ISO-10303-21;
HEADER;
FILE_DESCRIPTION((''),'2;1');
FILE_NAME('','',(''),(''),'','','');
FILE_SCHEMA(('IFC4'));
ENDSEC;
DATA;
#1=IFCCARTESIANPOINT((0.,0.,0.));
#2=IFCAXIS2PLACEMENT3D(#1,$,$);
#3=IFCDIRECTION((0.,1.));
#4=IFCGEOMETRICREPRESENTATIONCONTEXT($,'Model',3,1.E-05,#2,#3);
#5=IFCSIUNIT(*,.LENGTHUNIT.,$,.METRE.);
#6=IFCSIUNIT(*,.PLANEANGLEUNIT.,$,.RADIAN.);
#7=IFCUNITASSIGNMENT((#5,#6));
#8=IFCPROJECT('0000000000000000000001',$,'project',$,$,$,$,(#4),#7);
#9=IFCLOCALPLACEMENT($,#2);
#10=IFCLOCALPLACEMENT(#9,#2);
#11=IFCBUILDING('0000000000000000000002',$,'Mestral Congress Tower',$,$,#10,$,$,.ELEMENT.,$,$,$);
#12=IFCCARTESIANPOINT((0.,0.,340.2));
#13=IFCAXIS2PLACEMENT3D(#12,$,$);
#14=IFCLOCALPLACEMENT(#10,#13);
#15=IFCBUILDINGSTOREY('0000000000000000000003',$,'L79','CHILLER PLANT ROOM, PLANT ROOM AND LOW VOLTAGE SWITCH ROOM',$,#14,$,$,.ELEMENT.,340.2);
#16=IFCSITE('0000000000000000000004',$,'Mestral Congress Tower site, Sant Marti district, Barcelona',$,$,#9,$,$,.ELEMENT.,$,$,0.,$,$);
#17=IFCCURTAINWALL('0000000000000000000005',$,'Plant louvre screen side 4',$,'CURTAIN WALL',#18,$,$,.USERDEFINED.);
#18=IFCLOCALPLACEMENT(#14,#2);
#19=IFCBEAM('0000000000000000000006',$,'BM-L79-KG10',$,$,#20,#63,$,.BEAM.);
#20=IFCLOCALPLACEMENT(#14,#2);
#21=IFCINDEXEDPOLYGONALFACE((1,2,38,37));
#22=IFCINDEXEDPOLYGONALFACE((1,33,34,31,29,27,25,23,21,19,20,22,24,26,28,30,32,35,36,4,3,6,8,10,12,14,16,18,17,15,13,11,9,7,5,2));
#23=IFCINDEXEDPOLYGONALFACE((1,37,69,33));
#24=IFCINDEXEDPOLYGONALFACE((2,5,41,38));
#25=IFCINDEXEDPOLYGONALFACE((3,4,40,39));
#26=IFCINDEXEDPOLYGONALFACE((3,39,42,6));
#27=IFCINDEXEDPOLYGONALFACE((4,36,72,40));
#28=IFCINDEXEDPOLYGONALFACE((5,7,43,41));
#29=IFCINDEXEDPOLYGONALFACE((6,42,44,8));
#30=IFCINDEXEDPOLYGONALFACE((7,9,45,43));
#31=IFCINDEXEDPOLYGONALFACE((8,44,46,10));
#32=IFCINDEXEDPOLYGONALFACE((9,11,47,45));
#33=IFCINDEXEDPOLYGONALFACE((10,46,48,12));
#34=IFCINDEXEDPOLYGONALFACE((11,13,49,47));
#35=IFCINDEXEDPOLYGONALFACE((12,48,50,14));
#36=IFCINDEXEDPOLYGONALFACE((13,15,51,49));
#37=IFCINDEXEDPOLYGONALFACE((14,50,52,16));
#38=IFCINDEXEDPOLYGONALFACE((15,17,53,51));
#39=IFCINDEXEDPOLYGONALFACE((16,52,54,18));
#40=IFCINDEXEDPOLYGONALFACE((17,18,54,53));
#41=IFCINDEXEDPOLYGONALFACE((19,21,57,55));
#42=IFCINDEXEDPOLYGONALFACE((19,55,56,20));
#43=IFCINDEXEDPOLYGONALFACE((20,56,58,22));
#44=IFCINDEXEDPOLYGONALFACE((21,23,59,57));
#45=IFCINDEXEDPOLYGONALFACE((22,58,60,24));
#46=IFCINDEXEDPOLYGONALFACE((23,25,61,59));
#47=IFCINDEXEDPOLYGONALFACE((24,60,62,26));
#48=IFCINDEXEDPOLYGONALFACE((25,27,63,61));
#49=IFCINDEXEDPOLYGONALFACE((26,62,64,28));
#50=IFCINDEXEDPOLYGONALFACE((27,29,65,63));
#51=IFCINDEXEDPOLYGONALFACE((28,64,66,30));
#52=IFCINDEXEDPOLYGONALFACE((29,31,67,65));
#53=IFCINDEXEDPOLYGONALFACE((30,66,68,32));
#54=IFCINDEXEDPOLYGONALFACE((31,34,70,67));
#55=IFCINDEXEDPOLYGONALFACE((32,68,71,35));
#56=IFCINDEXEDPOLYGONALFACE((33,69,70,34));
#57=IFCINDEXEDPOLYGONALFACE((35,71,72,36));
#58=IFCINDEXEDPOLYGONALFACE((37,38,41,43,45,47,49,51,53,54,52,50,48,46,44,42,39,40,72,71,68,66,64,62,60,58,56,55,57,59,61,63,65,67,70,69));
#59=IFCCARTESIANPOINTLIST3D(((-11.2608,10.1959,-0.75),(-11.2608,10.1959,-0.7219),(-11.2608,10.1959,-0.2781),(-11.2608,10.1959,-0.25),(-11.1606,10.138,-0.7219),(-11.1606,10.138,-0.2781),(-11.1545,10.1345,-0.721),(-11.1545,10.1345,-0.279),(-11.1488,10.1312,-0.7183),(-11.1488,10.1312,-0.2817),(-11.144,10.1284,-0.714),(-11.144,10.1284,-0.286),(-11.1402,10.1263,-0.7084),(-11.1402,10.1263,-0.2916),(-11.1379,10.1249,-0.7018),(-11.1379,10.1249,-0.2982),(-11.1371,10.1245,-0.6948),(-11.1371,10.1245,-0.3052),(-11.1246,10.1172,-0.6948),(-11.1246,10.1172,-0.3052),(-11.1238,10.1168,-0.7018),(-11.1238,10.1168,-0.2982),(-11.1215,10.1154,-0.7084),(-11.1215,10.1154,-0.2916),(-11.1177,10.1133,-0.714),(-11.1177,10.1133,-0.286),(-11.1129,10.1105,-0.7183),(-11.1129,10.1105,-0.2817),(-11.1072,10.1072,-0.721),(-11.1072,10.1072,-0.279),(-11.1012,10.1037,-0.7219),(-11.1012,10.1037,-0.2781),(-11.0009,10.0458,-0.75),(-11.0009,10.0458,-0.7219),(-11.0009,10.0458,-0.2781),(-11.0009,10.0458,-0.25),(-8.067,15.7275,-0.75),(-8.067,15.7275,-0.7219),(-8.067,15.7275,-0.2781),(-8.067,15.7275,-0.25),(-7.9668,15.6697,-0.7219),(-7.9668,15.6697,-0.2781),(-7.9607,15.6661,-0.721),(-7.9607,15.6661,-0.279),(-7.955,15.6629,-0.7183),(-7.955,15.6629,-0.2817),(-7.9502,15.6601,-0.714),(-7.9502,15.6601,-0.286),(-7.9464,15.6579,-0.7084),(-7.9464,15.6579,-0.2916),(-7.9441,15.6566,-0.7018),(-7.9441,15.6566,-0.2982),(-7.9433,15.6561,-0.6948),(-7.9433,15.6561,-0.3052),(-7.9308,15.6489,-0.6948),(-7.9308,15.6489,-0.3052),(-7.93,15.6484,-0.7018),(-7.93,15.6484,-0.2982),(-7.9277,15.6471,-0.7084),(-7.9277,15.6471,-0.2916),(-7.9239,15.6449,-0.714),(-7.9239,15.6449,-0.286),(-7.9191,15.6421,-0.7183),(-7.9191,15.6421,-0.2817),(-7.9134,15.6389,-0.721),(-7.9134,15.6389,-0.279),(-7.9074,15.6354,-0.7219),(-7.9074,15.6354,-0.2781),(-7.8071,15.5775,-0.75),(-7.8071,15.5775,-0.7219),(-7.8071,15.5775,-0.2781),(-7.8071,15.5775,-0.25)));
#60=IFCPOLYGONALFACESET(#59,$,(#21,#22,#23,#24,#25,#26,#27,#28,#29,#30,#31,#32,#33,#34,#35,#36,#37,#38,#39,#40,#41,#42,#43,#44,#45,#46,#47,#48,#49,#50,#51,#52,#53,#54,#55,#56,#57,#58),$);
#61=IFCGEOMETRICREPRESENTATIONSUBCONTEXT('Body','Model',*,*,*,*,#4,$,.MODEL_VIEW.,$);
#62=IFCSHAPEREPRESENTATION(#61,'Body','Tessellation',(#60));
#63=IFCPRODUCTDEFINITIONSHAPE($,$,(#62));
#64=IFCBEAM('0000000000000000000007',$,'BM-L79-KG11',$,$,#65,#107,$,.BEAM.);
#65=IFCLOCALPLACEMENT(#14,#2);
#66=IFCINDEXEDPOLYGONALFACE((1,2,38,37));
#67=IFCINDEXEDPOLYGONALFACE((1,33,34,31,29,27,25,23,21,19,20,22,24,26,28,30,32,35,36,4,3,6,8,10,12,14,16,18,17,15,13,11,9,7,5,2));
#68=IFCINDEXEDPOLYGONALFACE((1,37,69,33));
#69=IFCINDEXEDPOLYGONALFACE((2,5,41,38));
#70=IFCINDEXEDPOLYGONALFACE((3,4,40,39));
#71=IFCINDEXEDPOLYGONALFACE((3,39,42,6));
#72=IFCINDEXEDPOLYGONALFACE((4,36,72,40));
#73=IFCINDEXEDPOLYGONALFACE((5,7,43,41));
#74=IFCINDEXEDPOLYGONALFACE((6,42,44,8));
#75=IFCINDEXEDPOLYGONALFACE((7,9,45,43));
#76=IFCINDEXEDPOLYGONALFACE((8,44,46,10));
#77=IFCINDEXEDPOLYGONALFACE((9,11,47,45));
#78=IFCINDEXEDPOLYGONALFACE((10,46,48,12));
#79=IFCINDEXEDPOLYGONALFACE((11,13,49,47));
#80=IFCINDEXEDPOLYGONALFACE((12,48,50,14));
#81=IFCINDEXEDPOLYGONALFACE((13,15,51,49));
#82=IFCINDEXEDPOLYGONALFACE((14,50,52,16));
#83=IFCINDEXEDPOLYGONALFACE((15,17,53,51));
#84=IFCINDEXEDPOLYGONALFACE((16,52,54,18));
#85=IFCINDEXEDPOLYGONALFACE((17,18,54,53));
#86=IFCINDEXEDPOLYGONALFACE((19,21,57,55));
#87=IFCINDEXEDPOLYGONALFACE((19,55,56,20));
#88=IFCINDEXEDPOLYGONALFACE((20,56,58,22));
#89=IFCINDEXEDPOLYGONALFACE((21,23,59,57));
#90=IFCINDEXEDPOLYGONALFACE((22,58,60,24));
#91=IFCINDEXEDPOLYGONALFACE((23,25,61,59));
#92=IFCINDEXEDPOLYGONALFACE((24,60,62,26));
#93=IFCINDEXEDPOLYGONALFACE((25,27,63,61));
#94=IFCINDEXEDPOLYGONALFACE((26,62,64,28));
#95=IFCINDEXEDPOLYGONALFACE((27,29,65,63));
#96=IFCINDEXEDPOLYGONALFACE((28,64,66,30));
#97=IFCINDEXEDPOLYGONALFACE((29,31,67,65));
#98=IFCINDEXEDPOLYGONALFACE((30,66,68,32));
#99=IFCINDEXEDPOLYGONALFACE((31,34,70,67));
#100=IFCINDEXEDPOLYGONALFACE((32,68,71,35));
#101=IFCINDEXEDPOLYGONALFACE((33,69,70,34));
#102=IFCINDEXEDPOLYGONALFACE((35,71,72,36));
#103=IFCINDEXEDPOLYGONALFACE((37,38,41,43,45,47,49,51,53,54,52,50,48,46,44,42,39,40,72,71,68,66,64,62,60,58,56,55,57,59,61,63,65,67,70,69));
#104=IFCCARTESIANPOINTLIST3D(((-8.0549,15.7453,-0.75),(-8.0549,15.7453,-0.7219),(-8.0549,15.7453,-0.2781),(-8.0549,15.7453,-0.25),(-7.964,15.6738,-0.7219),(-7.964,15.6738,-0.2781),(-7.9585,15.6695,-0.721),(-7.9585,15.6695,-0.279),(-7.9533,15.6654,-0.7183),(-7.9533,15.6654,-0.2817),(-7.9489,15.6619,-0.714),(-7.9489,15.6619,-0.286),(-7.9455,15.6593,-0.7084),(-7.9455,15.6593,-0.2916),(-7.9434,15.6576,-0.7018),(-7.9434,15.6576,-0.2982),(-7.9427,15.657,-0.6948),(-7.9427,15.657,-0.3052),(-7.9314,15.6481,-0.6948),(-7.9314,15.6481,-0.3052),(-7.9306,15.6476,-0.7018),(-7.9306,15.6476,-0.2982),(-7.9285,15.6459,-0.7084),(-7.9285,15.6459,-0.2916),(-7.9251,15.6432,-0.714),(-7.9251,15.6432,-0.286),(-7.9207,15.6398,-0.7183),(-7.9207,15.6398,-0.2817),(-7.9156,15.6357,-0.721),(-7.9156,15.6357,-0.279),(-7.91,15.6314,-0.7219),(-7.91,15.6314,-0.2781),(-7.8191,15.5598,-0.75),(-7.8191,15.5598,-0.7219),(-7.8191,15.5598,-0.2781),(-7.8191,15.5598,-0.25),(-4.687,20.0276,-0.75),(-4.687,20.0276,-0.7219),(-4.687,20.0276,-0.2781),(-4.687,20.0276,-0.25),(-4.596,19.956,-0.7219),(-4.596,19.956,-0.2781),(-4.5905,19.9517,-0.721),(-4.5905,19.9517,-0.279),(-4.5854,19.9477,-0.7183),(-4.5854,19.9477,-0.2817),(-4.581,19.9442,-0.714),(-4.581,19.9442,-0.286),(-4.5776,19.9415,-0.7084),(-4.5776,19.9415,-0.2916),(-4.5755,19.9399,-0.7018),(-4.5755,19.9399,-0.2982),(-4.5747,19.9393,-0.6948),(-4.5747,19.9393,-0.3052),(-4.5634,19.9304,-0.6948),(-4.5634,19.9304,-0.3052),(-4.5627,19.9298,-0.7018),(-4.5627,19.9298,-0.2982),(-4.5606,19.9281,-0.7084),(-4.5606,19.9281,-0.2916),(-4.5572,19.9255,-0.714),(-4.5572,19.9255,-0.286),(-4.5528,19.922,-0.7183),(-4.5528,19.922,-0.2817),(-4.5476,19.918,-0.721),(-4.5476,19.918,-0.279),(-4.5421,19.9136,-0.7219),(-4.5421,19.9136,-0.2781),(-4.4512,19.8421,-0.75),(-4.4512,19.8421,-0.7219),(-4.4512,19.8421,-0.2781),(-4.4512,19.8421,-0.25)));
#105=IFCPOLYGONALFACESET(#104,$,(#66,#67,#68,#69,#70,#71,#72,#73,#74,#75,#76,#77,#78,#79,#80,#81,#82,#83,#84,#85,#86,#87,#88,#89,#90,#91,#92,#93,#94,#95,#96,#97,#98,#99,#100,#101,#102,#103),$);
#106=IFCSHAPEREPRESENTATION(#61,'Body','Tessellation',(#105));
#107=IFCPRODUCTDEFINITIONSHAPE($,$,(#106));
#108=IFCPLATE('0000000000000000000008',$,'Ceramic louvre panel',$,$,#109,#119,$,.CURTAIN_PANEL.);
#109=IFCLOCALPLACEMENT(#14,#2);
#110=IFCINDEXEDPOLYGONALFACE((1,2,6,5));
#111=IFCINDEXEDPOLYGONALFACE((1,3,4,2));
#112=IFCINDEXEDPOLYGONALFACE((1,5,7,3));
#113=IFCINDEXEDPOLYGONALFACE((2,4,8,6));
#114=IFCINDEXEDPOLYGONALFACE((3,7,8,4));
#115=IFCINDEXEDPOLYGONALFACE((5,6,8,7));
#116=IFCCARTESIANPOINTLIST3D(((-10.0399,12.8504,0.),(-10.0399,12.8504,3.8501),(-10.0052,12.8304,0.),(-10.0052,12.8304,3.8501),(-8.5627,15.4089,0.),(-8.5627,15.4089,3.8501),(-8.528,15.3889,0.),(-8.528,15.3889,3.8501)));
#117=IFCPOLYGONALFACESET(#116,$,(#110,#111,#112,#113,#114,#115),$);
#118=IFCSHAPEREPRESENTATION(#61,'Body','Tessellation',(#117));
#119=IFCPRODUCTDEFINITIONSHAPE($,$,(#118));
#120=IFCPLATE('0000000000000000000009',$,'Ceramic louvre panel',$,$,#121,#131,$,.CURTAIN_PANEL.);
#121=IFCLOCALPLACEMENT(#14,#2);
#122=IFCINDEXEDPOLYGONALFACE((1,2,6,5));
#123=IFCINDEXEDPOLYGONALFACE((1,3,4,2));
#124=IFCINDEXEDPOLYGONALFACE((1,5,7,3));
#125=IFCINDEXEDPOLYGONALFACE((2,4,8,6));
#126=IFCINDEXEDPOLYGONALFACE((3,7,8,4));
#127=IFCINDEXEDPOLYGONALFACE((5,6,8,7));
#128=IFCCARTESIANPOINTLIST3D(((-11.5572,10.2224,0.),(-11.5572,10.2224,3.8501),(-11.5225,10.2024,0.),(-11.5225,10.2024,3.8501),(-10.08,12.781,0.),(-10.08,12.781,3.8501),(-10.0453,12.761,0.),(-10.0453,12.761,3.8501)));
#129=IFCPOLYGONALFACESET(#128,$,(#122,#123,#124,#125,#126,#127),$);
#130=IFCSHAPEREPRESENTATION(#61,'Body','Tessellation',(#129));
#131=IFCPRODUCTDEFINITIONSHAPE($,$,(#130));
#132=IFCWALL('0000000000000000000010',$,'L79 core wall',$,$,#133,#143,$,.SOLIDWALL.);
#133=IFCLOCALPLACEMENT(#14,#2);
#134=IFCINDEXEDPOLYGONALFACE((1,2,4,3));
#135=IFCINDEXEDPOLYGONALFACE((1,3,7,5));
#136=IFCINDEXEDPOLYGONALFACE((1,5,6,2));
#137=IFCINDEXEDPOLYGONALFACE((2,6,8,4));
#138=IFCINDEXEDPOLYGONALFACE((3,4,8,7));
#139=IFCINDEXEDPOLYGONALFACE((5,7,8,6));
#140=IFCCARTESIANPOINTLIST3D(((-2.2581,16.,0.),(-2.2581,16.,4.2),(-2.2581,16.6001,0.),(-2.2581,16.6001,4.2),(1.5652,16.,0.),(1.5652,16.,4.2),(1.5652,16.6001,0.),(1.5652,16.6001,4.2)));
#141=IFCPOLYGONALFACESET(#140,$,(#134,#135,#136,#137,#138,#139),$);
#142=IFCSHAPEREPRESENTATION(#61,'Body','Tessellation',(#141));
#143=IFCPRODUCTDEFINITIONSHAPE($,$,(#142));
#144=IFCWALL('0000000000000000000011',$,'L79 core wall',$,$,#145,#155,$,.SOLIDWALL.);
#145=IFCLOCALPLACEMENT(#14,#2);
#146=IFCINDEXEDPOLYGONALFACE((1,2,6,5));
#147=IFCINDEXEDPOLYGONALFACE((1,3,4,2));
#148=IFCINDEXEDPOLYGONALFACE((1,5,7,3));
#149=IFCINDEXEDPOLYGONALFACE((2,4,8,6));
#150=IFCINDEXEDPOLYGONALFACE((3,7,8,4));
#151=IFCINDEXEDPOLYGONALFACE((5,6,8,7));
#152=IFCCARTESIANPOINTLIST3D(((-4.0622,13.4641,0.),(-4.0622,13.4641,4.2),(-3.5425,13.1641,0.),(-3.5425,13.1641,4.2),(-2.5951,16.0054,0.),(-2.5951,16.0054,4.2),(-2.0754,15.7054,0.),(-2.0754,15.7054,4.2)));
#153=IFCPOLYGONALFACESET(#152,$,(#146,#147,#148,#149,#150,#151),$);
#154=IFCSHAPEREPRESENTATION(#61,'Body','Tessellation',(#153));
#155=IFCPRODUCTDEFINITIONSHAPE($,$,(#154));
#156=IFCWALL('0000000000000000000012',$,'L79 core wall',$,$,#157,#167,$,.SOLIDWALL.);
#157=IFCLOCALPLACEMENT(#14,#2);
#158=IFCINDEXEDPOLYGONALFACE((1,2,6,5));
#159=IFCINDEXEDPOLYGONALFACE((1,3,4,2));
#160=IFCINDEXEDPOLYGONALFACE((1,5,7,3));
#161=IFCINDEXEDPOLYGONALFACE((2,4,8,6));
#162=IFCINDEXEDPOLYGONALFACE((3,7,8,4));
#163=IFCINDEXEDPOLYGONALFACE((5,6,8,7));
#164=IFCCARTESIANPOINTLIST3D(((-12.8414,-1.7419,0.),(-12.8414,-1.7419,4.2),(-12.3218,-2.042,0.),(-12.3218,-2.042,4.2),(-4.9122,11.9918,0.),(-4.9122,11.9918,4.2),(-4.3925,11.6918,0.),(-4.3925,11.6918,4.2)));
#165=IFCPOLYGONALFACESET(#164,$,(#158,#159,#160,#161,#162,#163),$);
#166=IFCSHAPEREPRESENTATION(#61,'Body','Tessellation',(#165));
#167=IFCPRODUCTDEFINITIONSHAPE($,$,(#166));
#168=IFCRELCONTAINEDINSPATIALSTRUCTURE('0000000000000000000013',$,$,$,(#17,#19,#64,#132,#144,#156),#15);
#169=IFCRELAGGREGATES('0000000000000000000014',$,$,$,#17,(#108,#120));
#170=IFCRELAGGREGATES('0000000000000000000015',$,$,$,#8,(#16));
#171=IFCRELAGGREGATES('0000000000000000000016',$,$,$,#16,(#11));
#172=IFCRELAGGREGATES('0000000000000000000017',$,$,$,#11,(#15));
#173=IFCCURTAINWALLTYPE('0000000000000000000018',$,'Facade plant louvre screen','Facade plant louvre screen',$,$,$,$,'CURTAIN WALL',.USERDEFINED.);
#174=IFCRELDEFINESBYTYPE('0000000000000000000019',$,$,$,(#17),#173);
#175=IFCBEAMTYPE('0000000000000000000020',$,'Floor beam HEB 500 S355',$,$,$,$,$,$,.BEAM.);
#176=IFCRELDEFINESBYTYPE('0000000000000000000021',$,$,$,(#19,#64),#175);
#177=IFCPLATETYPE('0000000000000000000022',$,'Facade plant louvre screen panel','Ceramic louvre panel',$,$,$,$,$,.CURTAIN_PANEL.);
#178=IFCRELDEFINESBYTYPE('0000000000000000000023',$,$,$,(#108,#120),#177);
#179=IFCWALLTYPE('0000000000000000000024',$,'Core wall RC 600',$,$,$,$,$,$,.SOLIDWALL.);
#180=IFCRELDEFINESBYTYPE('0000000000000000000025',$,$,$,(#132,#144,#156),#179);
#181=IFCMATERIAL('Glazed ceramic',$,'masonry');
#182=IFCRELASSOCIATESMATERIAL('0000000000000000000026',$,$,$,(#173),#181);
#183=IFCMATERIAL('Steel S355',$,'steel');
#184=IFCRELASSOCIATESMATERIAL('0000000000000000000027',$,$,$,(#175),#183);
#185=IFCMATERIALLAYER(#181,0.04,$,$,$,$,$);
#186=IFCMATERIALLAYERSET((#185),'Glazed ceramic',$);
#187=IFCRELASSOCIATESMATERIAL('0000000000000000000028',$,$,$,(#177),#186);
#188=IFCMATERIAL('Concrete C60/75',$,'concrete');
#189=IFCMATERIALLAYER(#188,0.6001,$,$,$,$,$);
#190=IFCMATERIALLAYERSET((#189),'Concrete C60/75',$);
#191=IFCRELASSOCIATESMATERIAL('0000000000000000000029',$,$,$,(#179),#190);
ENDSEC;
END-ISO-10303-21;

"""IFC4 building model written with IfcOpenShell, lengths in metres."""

from ifc_helpers import new_model, si_unit, direction, frame, frame_2d, origin, origin_2d, place, context, subcontext, project, spatial, rectangle, i_section, extrude, material, layer, layer_set, material_profile, profile_set, type_object, element, aggregate, save


model = new_model("IFC4")

# Units and contexts
model_context = context("Model", 3, precision=1e-05, world=origin(), true_north=direction((0.0, 1.0)))
body_context = subcontext(model_context, "Body", "Model", "MODEL_VIEW")
ifc_project = project(units=[si_unit("LENGTHUNIT", "METRE"), si_unit("PLANEANGLEUNIT", "RADIAN")], contexts=[model_context])

# Site, building, storey
site_placement = place(None, origin())
site = spatial("IfcSite", under=ifc_project, at=site_placement, Name="Mestral Congress Tower site, Sant Marti district, Barcelona", CompositionType="ELEMENT", RefElevation=0.0)
building_placement = place(site_placement, origin())
building = spatial("IfcBuilding", under=site, at=building_placement, Name="Mestral Congress Tower", CompositionType="ELEMENT")
storey_placement = place(building_placement, frame((0.0, 0.0, 340.2)))
storey = spatial("IfcBuildingStorey", under=building, at=storey_placement, Name="L79", Description="CHILLER PLANT ROOM, PLANT ROOM AND LOW VOLTAGE SWITCH ROOM", CompositionType="ELEMENT", Elevation=340.2)

# Shared definitions
ifc_material_1 = material(Name="Steel S355", Category="steel")

# Curtain wall
ifc_material_2 = material(Name="Glazed ceramic", Category="masonry")
curtain_wall_type = type_object("IfcCurtainWallType", Name="Facade plant louvre screen", Description="Facade plant louvre screen", ElementType="CURTAIN WALL", PredefinedType="USERDEFINED", material=ifc_material_2)
placement = place(storey_placement, origin())
curtain_wall = element("IfcCurtainWall", 1, at=placement, inside=storey, type_object=curtain_wall_type, Name="Plant louvre screen side 4", ObjectType="CURTAIN WALL", PredefinedType="USERDEFINED")

# Beams
ifc_material_profile_1 = material_profile(ifc_material_1, i_section(OverallWidth=0.3, OverallDepth=0.5, WebThickness=0.0144, FlangeThickness=0.0281, FilletRadius=0.0271, at=origin_2d()), Name="HEB 500")
ifc_profile_set_1 = profile_set([ifc_material_profile_1], Name="Steel S355")
beam_type_1 = type_object("IfcBeamType", Name="Floor beam HEB 500 S355", PredefinedType="BEAM", material=ifc_profile_set_1)
beam_1_placement = place(storey_placement, frame((-11.1309, 10.1208, -0.5), z_axis=(0.500011, 0.866019, 0.0), x_axis=(-0.866019, 0.500011, 0.0)))
element("IfcBeam", 2, at=beam_1_placement, inside=storey, type_object=beam_type_1, Name="BM-L79-KG10", PredefinedType="BEAM", context=body_context, shape_type="SweptSolid", body=[
    extrude(i_section(OverallWidth=0.3, OverallDepth=0.5, WebThickness=0.0144, FlangeThickness=0.0281, FilletRadius=0.0271, at=origin_2d()), origin(), (0.0, 0.0, 1.0), 6.3875),
])
beam_2_placement = place(storey_placement, frame((-7.937, 15.6526, -0.5), z_axis=(0.618198, 0.786023, 0.0), x_axis=(-0.786023, 0.618198, 0.0)))
element("IfcBeam", 3, at=beam_2_placement, inside=storey, type_object=beam_type_1, Name="BM-L79-KG11", PredefinedType="BEAM", context=body_context, shape_type="SweptSolid", body=[
    extrude(i_section(OverallWidth=0.3, OverallDepth=0.5, WebThickness=0.0144, FlangeThickness=0.0281, FilletRadius=0.0271, at=origin_2d()), origin(), (0.0, 0.0, 1.0), 5.448),
])

# Plates
ifc_layer_1 = layer(ifc_material_2, 0.04)
ifc_layer_set_1 = layer_set([ifc_layer_1], Name="Glazed ceramic")
plate_type = type_object("IfcPlateType", Name="Facade plant louvre screen panel", Description="Ceramic louvre panel", PredefinedType="CURTAIN_PANEL", material=ifc_layer_set_1)
plate_1_placement = place(storey_placement, frame((-9.2839, 14.1196, 0.0), z_axis=(0.0, 0.0, 1.0), x_axis=(-0.500002, -0.866025, 0.0)))
plate_1 = element("IfcPlate", 4, at=plate_1_placement, type_object=plate_type, Name="Ceramic louvre panel", PredefinedType="CURTAIN_PANEL", context=body_context, shape_type="SweptSolid", body=[
    extrude(rectangle(XDim=2.9543, YDim=0.04, at=origin_2d()), origin(), (0.0, 0.0, 1.0), 3.8501),
])
plate_2_placement = place(storey_placement, frame((-10.8013, 11.4917, 0.0), z_axis=(0.0, 0.0, 1.0), x_axis=(-0.500002, -0.866025, 0.0)))
plate_2 = element("IfcPlate", 5, at=plate_2_placement, type_object=plate_type, Name="Ceramic louvre panel", PredefinedType="CURTAIN_PANEL", context=body_context, shape_type="SweptSolid", body=[
    extrude(rectangle(XDim=2.9543, YDim=0.04, at=origin_2d()), origin(), (0.0, 0.0, 1.0), 3.8501),
])
aggregate(curtain_wall, [plate_1, plate_2])

# Walls
ifc_material_3 = material(Name="Concrete C60/75", Category="concrete")
ifc_layer_2 = layer(ifc_material_3, 0.6001)
ifc_layer_set_2 = layer_set([ifc_layer_2], Name="Concrete C60/75")
wall_type_1 = type_object("IfcWallType", Name="Core wall RC 600", PredefinedType="SOLIDWALL", material=ifc_layer_set_2)
wall_1_placement = place(storey_placement, frame((-2.2581, 16.3, 0.0), z_axis=(0.0, 0.0, 1.0), x_axis=(1.0, 0.0, 0.0)))
element("IfcWall", 6, at=wall_1_placement, inside=storey, type_object=wall_type_1, Name="L79 core wall", PredefinedType="SOLIDWALL", context=body_context, shape_type="SweptSolid", body=[
    extrude(rectangle(XDim=3.8232, YDim=0.6001, at=frame_2d((1.9116, 0.0))), origin(), (0.0, 0.0, 1.0), 4.2),
])
wall_2_placement = place(storey_placement, frame((-2.3352, 15.8555, 0.0), z_axis=(0.0, 0.0, 1.0), x_axis=(-0.49996, -0.866048, 0.0)))
element("IfcWall", 7, at=wall_2_placement, inside=storey, type_object=wall_type_1, Name="L79 core wall", PredefinedType="SOLIDWALL", context=body_context, shape_type="SweptSolid", body=[
    extrude(rectangle(XDim=2.9343, YDim=0.6001, at=frame_2d((1.4673, 0.0))), origin(), (0.0, 0.0, 1.0), 4.2),
])
wall_3_placement = place(storey_placement, frame((-4.6523, 11.8418, 0.0), z_axis=(0.0, 0.0, 1.0), x_axis=(-0.500004, -0.866023, 0.0)))
element("IfcWall", 8, at=wall_3_placement, inside=storey, type_object=wall_type_1, Name="L79 core wall", PredefinedType="SOLIDWALL", context=body_context, shape_type="SweptSolid", body=[
    extrude(rectangle(XDim=15.8584, YDim=0.6001, at=frame_2d((7.9292, 0.0))), origin(), (0.0, 0.0, 1.0), 4.2),
])

save(model, "model.ifc")
